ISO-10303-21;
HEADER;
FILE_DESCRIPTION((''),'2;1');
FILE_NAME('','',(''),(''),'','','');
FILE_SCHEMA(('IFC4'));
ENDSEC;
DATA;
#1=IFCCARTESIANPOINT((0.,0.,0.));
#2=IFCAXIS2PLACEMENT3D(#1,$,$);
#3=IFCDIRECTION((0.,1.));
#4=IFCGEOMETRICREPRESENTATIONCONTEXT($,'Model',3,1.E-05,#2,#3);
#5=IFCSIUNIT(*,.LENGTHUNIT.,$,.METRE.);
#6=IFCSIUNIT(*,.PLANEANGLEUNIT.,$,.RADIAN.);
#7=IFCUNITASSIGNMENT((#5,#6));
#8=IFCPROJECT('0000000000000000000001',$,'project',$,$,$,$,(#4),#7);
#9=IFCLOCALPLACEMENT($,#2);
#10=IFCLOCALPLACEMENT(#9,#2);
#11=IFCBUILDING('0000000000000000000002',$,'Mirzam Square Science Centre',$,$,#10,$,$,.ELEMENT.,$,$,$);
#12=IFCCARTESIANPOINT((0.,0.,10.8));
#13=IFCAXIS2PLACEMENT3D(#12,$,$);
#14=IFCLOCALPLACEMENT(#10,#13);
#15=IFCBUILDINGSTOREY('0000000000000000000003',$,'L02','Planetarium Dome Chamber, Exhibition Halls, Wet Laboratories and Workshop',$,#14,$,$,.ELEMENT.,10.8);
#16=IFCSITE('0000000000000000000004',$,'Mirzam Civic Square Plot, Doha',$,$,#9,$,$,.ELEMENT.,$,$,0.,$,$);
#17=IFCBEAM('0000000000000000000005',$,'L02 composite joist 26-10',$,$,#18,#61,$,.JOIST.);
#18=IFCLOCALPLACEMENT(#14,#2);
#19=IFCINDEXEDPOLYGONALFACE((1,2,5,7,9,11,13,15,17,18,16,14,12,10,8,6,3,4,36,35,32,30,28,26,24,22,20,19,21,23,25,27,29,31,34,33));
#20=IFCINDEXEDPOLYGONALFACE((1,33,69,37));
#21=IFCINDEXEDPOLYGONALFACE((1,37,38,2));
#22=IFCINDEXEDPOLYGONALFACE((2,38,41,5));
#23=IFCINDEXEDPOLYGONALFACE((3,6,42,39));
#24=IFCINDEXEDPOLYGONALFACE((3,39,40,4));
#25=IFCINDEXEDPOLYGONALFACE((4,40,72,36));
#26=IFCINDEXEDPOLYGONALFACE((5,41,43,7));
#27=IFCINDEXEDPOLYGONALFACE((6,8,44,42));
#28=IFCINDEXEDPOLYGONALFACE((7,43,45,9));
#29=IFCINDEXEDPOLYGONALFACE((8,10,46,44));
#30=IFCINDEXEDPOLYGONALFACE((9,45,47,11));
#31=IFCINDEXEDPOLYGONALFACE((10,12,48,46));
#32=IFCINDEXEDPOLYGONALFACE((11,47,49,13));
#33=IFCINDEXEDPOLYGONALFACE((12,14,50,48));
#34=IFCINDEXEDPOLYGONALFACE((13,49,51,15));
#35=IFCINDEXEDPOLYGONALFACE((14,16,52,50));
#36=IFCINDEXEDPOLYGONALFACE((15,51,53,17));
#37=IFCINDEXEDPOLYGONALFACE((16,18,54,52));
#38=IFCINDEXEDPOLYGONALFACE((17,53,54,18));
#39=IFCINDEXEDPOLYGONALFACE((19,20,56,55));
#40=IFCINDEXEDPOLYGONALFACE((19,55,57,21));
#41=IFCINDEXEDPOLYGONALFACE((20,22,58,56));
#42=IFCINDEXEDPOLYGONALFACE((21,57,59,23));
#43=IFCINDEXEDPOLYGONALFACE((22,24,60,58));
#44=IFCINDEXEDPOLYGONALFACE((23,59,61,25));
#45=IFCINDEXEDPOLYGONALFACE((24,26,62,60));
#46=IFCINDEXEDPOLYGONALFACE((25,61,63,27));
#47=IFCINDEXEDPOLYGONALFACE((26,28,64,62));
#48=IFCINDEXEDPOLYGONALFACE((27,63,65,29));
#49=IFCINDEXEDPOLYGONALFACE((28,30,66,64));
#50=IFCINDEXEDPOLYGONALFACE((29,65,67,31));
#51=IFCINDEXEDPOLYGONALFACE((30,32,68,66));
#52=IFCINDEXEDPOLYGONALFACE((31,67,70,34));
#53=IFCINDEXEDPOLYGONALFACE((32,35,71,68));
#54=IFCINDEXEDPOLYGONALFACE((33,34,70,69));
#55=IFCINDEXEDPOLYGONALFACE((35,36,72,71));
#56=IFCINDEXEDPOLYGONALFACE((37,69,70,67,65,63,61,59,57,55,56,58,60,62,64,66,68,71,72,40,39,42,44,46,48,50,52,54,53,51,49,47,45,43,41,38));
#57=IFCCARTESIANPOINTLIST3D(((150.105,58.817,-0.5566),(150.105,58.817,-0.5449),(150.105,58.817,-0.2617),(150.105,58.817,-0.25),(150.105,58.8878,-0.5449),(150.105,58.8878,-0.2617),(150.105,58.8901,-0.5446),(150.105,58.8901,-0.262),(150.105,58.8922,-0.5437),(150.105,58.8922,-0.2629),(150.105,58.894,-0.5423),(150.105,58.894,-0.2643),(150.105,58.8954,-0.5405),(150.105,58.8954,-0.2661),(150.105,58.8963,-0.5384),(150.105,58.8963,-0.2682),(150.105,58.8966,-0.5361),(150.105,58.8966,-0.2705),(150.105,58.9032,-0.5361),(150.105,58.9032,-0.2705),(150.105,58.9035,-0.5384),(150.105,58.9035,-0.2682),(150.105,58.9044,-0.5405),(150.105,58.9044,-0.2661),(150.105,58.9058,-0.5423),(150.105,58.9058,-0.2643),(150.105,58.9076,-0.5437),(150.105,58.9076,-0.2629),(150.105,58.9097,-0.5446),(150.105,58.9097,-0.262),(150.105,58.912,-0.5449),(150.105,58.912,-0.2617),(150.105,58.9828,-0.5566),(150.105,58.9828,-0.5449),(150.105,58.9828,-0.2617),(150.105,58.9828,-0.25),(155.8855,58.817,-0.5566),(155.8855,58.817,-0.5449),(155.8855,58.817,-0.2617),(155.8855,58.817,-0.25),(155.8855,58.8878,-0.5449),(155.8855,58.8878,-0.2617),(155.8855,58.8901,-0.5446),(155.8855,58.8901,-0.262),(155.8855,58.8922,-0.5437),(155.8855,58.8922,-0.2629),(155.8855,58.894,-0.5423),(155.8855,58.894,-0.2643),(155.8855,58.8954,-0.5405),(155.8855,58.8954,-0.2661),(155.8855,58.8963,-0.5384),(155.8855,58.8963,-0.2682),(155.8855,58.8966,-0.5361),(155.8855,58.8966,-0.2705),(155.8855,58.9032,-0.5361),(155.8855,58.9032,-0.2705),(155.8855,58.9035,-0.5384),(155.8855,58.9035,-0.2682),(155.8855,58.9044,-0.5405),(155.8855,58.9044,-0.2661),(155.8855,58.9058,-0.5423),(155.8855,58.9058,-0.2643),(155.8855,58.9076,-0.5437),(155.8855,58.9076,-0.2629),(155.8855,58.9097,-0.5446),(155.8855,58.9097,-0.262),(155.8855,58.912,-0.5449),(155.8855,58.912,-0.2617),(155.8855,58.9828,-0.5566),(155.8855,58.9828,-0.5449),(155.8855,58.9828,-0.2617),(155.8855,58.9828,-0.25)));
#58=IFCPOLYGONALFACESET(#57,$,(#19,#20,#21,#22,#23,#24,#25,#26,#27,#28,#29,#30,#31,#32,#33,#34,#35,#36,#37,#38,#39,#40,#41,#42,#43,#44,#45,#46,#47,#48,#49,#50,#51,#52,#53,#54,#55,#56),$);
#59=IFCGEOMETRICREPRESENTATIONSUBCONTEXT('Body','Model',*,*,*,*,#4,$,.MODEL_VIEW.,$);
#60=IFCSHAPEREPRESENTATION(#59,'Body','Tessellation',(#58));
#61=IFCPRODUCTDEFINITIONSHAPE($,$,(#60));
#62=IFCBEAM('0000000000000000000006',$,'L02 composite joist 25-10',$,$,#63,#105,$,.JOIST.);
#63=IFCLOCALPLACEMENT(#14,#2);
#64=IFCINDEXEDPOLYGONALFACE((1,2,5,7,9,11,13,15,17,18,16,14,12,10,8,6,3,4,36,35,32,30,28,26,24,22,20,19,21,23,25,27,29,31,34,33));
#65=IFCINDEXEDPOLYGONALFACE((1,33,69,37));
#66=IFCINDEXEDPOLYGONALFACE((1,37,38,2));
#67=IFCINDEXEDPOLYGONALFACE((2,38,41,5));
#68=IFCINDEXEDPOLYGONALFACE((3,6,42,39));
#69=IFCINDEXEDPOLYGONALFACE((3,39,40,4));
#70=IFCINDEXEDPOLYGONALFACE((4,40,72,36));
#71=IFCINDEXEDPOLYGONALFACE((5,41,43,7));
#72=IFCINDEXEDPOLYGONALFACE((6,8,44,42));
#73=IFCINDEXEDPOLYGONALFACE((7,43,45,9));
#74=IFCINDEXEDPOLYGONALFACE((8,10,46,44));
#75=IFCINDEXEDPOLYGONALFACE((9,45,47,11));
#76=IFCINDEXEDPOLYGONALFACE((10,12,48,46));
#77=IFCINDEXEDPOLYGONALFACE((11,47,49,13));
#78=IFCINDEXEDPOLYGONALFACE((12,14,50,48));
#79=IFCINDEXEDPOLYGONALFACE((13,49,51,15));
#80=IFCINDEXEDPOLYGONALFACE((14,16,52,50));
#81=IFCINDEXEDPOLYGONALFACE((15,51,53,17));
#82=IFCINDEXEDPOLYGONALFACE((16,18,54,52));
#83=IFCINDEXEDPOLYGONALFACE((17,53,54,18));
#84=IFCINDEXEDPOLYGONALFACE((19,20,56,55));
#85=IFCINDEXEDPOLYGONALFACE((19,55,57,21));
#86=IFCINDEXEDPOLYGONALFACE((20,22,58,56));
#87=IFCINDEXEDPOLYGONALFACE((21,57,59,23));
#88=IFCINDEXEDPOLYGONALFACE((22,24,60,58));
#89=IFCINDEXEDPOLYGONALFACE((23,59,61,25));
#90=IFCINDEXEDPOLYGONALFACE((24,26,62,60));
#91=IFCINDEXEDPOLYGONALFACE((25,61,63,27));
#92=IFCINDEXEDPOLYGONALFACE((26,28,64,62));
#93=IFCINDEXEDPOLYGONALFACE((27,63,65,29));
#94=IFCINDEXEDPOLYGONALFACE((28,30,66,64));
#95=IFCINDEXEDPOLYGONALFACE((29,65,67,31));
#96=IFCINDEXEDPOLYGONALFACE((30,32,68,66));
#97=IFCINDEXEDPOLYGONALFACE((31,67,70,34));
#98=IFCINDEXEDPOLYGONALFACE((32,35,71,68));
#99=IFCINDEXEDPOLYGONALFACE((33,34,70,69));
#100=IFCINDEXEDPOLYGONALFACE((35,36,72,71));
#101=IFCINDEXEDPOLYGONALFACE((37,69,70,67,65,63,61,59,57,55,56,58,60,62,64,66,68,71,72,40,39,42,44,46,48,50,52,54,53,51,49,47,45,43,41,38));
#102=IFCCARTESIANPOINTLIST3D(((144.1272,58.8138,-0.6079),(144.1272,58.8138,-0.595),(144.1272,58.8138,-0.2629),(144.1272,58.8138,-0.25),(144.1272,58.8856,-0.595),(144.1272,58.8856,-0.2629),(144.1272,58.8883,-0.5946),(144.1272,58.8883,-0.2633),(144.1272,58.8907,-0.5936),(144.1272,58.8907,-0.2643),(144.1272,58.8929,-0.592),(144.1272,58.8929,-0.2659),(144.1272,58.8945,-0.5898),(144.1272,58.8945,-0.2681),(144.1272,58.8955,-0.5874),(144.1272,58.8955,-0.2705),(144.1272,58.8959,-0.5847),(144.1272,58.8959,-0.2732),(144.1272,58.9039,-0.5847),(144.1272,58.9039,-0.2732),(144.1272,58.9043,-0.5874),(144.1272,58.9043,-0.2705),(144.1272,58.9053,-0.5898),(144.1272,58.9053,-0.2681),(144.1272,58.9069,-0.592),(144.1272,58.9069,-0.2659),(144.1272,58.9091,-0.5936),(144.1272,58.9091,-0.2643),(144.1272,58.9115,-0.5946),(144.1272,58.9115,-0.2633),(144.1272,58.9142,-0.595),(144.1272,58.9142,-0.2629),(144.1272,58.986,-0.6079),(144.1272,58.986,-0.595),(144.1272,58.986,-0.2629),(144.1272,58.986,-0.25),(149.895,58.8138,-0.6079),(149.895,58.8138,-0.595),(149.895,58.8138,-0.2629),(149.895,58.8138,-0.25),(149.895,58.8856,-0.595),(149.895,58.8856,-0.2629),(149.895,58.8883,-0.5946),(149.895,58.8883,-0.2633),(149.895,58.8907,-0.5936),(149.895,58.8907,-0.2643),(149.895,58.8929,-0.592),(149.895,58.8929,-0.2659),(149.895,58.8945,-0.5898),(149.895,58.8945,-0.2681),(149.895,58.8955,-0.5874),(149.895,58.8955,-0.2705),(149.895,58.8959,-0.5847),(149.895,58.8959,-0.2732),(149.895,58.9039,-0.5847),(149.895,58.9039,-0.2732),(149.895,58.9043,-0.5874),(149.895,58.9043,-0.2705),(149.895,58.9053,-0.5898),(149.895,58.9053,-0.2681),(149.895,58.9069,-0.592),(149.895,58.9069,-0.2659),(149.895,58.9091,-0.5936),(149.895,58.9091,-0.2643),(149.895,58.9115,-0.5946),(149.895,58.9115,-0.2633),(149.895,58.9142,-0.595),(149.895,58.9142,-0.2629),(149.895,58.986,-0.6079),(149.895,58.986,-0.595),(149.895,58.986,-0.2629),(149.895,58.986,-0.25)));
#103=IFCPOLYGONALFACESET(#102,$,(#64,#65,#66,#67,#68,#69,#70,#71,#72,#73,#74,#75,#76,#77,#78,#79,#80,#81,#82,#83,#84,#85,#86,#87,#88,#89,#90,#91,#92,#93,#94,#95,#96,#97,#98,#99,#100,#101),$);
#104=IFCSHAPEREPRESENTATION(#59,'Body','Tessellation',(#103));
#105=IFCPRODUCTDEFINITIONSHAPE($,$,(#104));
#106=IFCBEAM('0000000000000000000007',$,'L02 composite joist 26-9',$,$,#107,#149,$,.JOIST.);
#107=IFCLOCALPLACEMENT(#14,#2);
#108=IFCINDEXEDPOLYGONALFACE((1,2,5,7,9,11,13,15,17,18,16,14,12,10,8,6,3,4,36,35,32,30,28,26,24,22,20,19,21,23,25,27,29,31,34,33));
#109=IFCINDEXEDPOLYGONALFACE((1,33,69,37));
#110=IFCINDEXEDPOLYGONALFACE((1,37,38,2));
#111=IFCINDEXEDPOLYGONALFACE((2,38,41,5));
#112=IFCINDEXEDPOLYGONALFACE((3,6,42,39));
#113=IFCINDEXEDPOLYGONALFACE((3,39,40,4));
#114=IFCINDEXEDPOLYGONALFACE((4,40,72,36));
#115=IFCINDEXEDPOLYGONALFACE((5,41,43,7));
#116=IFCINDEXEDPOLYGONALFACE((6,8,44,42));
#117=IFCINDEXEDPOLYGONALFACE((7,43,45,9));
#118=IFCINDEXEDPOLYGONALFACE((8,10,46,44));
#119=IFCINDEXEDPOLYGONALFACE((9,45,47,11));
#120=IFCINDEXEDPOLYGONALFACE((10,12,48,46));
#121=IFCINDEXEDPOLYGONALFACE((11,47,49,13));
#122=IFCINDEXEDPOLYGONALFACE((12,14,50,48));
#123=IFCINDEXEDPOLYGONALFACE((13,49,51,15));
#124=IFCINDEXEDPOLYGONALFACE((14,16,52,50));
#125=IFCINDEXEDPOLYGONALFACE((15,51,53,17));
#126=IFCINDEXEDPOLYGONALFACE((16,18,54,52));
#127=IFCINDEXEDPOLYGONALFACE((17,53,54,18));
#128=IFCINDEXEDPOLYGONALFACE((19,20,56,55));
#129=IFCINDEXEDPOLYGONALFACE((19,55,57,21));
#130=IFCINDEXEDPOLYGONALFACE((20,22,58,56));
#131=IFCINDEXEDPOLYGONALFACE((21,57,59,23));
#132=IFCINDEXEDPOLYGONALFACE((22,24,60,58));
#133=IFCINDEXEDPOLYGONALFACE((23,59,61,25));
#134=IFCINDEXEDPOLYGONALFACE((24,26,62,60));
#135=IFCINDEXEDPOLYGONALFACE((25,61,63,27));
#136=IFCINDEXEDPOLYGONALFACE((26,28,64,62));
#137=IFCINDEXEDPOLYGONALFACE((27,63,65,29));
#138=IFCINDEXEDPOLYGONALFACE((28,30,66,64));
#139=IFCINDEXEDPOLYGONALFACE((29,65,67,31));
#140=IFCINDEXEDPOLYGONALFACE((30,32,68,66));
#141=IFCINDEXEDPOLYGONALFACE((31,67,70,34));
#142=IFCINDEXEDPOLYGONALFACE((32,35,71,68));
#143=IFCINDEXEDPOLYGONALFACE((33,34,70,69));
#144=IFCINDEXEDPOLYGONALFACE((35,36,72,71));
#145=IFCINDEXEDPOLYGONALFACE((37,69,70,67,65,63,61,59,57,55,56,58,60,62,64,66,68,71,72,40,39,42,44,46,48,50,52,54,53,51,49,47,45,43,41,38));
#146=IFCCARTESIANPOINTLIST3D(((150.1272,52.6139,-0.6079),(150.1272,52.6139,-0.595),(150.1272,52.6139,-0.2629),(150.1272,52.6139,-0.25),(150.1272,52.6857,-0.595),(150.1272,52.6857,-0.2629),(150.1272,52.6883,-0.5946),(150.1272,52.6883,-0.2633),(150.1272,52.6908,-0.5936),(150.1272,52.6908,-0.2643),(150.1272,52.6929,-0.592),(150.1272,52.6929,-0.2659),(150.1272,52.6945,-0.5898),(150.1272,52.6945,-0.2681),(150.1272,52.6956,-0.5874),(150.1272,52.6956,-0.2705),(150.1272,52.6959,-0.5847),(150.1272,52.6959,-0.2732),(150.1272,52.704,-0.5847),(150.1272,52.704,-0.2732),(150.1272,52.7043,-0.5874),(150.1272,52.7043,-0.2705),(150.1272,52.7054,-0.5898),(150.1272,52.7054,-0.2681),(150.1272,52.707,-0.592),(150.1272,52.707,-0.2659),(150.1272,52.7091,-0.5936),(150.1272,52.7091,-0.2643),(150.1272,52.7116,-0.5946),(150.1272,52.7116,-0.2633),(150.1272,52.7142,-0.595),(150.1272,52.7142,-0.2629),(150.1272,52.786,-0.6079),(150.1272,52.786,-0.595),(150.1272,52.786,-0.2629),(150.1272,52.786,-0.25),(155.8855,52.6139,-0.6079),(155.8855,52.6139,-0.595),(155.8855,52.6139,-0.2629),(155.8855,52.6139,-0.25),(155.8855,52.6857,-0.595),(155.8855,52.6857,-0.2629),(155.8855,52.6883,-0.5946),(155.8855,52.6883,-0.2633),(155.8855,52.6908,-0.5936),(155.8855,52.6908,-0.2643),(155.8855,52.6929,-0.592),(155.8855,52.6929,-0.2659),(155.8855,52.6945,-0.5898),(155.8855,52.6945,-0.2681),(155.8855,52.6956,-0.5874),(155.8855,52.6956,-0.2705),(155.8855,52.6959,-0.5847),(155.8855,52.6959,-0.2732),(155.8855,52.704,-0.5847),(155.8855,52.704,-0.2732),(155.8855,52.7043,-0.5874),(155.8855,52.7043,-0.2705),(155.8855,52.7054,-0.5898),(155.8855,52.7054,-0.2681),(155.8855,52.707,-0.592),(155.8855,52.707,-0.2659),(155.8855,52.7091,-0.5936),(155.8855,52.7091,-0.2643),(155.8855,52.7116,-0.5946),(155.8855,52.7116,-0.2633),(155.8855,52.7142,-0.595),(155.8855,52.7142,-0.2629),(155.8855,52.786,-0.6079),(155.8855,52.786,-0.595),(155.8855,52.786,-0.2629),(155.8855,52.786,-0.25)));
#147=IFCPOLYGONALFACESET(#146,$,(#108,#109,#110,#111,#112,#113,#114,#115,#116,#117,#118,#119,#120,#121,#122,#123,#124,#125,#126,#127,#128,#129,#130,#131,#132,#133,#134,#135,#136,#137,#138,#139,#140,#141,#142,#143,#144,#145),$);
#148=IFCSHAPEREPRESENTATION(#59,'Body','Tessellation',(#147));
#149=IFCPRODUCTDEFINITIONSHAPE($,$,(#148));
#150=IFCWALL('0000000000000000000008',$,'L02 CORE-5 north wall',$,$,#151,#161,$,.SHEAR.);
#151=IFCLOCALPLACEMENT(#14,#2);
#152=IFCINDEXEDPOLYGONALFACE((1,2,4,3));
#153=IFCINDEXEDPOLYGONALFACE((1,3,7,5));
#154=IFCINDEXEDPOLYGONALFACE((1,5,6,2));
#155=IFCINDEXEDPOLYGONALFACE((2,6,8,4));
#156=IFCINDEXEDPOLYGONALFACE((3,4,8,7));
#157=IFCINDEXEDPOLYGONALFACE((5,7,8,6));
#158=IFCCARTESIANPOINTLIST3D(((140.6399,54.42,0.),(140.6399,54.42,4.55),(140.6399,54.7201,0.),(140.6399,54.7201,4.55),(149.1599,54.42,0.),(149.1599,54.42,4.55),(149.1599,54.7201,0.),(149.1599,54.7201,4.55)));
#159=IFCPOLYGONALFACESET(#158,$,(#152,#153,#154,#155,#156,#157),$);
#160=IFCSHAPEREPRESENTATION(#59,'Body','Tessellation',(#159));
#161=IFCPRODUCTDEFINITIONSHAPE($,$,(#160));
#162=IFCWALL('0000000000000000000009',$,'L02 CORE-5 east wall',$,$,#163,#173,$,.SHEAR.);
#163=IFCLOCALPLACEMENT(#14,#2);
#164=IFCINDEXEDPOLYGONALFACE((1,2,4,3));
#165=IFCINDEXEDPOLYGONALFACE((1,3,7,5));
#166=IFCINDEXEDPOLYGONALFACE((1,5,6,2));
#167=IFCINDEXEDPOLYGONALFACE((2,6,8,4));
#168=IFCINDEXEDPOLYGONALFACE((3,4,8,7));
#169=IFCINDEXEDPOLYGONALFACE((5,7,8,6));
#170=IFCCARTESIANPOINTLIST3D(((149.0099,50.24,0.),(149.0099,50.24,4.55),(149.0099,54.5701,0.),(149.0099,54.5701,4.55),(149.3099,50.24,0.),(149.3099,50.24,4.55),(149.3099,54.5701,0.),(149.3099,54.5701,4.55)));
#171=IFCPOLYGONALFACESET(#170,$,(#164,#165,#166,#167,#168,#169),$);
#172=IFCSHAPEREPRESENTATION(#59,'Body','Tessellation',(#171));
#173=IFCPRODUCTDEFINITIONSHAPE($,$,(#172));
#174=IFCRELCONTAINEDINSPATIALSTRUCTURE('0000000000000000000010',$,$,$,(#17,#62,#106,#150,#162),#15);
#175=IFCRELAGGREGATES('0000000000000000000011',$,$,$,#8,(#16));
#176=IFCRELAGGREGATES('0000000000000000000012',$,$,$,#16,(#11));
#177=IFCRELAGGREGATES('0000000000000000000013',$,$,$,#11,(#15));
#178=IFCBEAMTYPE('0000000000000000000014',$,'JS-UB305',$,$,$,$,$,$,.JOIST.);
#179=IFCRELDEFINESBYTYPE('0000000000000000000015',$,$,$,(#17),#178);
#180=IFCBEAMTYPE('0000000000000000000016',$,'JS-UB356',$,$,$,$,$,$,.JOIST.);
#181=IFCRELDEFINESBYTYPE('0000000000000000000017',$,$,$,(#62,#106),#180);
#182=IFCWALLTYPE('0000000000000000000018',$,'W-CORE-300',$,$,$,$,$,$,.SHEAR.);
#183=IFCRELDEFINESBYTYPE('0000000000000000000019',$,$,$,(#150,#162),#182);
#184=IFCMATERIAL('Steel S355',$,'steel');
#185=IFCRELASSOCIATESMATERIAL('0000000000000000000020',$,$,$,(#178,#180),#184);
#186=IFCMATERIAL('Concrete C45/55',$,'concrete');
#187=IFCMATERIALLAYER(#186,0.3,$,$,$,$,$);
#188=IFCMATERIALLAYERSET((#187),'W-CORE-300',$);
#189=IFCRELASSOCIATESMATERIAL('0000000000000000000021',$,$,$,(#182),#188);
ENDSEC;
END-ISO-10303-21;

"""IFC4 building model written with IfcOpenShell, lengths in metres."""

from ifc_helpers import new_model, si_unit, direction, frame, frame_2d, origin, origin_2d, place, context, subcontext, project, spatial, rectangle, i_section, extrude, material, layer, layer_set, material_profile, profile_set, type_object, element, save


model = new_model("IFC4")

# Units and contexts
model_context = context("Model", 3, precision=1e-05, world=origin(), true_north=direction((0.0, 1.0)))
body_context = subcontext(model_context, "Body", "Model", "MODEL_VIEW")
ifc_project = project(units=[si_unit("LENGTHUNIT", "METRE"), si_unit("PLANEANGLEUNIT", "RADIAN")], contexts=[model_context])

# Site, building, storey
site_placement = place(None, origin())
site = spatial("IfcSite", under=ifc_project, at=site_placement, Name="Mirzam Civic Square Plot, Doha", CompositionType="ELEMENT", RefElevation=0.0)
building_placement = place(site_placement, origin())
building = spatial("IfcBuilding", under=site, at=building_placement, Name="Mirzam Square Science Centre", CompositionType="ELEMENT")
storey_placement = place(building_placement, frame((0.0, 0.0, 10.8)))
storey = spatial("IfcBuildingStorey", under=building, at=storey_placement, Name="L02", Description="Planetarium Dome Chamber, Exhibition Halls, Wet Laboratories and Workshop", CompositionType="ELEMENT", Elevation=10.8)

# Shared definitions
ifc_material_1 = material(Name="Steel S355", Category="steel")

# Beams
ifc_material_profile_1 = material_profile(ifc_material_1, i_section(OverallWidth=0.1658, OverallDepth=0.3066, WebThickness=0.0066, FlangeThickness=0.0117, FilletRadius=0.0088, at=origin_2d()), Name="305x165x46UB")
ifc_profile_set_1 = profile_set([ifc_material_profile_1], Name="Steel S355")
beam_type_1 = type_object("IfcBeamType", Name="JS-UB305", PredefinedType="JOIST", material=ifc_profile_set_1)
beam_1_placement = place(storey_placement, frame((150.105, 58.8999, -0.4033), z_axis=(1.0, 0.0, 0.0), x_axis=(0.0, 1.0, 0.0)))
element("IfcBeam", 1, at=beam_1_placement, inside=storey, type_object=beam_type_1, Name="L02 composite joist 26-10", PredefinedType="JOIST", context=body_context, shape_type="SweptSolid", body=[
    extrude(i_section(OverallWidth=0.1658, OverallDepth=0.3066, WebThickness=0.0066, FlangeThickness=0.0117, FilletRadius=0.0088, at=origin_2d()), origin(), (0.0, 0.0, 1.0), 5.7805),
])
ifc_material_profile_2 = material_profile(ifc_material_1, i_section(OverallWidth=0.1721, OverallDepth=0.3579, WebThickness=0.0081, FlangeThickness=0.0129, FilletRadius=0.0103, at=origin_2d()), Name="356x171x57UB")
ifc_profile_set_2 = profile_set([ifc_material_profile_2], Name="Steel S355")
beam_type_2 = type_object("IfcBeamType", Name="JS-UB356", PredefinedType="JOIST", material=ifc_profile_set_2)
beam_2_placement = place(storey_placement, frame((144.1272, 58.8999, -0.429), z_axis=(1.0, 0.0, 0.0), x_axis=(0.0, 1.0, 0.0)))
element("IfcBeam", 2, at=beam_2_placement, inside=storey, type_object=beam_type_2, Name="L02 composite joist 25-10", PredefinedType="JOIST", context=body_context, shape_type="SweptSolid", body=[
    extrude(i_section(OverallWidth=0.1721, OverallDepth=0.3579, WebThickness=0.0081, FlangeThickness=0.0129, FilletRadius=0.0103, at=origin_2d()), origin(), (0.0, 0.0, 1.0), 5.7678),
])
beam_3_placement = place(storey_placement, frame((150.1272, 52.7, -0.429), z_axis=(1.0, 0.0, 0.0), x_axis=(0.0, 1.0, 0.0)))
element("IfcBeam", 3, at=beam_3_placement, inside=storey, type_object=beam_type_2, Name="L02 composite joist 26-9", PredefinedType="JOIST", context=body_context, shape_type="SweptSolid", body=[
    extrude(i_section(OverallWidth=0.1721, OverallDepth=0.3579, WebThickness=0.0081, FlangeThickness=0.0129, FilletRadius=0.0103, at=origin_2d()), origin(), (0.0, 0.0, 1.0), 5.7583),
])

# Walls
ifc_material_2 = material(Name="Concrete C45/55", Category="concrete")
ifc_layer_1 = layer(ifc_material_2, 0.3)
ifc_layer_set_1 = layer_set([ifc_layer_1], Name="W-CORE-300")
wall_type_1 = type_object("IfcWallType", Name="W-CORE-300", PredefinedType="SHEAR", material=ifc_layer_set_1)
wall_1_placement = place(storey_placement, frame((149.1599, 54.5701, 0.0), z_axis=(0.0, 0.0, 1.0), x_axis=(-1.0, 0.0, 0.0)))
element("IfcWall", 4, at=wall_1_placement, inside=storey, type_object=wall_type_1, Name="L02 CORE-5 north wall", PredefinedType="SHEAR", context=body_context, shape_type="SweptSolid", body=[
    extrude(rectangle(XDim=8.52, YDim=0.3, at=frame_2d((4.26, 0.0))), origin(), (0.0, 0.0, 1.0), 4.55),
])
wall_2_placement = place(storey_placement, frame((149.1599, 50.24, 0.0), z_axis=(0.0, 0.0, 1.0), x_axis=(0.0, 1.0, 0.0)))
element("IfcWall", 5, at=wall_2_placement, inside=storey, type_object=wall_type_1, Name="L02 CORE-5 east wall", PredefinedType="SHEAR", context=body_context, shape_type="SweptSolid", body=[
    extrude(rectangle(XDim=4.3301, YDim=0.3, at=frame_2d((2.165, 0.0))), origin(), (0.0, 0.0, 1.0), 4.55),
])

save(model, "model.ifc")
